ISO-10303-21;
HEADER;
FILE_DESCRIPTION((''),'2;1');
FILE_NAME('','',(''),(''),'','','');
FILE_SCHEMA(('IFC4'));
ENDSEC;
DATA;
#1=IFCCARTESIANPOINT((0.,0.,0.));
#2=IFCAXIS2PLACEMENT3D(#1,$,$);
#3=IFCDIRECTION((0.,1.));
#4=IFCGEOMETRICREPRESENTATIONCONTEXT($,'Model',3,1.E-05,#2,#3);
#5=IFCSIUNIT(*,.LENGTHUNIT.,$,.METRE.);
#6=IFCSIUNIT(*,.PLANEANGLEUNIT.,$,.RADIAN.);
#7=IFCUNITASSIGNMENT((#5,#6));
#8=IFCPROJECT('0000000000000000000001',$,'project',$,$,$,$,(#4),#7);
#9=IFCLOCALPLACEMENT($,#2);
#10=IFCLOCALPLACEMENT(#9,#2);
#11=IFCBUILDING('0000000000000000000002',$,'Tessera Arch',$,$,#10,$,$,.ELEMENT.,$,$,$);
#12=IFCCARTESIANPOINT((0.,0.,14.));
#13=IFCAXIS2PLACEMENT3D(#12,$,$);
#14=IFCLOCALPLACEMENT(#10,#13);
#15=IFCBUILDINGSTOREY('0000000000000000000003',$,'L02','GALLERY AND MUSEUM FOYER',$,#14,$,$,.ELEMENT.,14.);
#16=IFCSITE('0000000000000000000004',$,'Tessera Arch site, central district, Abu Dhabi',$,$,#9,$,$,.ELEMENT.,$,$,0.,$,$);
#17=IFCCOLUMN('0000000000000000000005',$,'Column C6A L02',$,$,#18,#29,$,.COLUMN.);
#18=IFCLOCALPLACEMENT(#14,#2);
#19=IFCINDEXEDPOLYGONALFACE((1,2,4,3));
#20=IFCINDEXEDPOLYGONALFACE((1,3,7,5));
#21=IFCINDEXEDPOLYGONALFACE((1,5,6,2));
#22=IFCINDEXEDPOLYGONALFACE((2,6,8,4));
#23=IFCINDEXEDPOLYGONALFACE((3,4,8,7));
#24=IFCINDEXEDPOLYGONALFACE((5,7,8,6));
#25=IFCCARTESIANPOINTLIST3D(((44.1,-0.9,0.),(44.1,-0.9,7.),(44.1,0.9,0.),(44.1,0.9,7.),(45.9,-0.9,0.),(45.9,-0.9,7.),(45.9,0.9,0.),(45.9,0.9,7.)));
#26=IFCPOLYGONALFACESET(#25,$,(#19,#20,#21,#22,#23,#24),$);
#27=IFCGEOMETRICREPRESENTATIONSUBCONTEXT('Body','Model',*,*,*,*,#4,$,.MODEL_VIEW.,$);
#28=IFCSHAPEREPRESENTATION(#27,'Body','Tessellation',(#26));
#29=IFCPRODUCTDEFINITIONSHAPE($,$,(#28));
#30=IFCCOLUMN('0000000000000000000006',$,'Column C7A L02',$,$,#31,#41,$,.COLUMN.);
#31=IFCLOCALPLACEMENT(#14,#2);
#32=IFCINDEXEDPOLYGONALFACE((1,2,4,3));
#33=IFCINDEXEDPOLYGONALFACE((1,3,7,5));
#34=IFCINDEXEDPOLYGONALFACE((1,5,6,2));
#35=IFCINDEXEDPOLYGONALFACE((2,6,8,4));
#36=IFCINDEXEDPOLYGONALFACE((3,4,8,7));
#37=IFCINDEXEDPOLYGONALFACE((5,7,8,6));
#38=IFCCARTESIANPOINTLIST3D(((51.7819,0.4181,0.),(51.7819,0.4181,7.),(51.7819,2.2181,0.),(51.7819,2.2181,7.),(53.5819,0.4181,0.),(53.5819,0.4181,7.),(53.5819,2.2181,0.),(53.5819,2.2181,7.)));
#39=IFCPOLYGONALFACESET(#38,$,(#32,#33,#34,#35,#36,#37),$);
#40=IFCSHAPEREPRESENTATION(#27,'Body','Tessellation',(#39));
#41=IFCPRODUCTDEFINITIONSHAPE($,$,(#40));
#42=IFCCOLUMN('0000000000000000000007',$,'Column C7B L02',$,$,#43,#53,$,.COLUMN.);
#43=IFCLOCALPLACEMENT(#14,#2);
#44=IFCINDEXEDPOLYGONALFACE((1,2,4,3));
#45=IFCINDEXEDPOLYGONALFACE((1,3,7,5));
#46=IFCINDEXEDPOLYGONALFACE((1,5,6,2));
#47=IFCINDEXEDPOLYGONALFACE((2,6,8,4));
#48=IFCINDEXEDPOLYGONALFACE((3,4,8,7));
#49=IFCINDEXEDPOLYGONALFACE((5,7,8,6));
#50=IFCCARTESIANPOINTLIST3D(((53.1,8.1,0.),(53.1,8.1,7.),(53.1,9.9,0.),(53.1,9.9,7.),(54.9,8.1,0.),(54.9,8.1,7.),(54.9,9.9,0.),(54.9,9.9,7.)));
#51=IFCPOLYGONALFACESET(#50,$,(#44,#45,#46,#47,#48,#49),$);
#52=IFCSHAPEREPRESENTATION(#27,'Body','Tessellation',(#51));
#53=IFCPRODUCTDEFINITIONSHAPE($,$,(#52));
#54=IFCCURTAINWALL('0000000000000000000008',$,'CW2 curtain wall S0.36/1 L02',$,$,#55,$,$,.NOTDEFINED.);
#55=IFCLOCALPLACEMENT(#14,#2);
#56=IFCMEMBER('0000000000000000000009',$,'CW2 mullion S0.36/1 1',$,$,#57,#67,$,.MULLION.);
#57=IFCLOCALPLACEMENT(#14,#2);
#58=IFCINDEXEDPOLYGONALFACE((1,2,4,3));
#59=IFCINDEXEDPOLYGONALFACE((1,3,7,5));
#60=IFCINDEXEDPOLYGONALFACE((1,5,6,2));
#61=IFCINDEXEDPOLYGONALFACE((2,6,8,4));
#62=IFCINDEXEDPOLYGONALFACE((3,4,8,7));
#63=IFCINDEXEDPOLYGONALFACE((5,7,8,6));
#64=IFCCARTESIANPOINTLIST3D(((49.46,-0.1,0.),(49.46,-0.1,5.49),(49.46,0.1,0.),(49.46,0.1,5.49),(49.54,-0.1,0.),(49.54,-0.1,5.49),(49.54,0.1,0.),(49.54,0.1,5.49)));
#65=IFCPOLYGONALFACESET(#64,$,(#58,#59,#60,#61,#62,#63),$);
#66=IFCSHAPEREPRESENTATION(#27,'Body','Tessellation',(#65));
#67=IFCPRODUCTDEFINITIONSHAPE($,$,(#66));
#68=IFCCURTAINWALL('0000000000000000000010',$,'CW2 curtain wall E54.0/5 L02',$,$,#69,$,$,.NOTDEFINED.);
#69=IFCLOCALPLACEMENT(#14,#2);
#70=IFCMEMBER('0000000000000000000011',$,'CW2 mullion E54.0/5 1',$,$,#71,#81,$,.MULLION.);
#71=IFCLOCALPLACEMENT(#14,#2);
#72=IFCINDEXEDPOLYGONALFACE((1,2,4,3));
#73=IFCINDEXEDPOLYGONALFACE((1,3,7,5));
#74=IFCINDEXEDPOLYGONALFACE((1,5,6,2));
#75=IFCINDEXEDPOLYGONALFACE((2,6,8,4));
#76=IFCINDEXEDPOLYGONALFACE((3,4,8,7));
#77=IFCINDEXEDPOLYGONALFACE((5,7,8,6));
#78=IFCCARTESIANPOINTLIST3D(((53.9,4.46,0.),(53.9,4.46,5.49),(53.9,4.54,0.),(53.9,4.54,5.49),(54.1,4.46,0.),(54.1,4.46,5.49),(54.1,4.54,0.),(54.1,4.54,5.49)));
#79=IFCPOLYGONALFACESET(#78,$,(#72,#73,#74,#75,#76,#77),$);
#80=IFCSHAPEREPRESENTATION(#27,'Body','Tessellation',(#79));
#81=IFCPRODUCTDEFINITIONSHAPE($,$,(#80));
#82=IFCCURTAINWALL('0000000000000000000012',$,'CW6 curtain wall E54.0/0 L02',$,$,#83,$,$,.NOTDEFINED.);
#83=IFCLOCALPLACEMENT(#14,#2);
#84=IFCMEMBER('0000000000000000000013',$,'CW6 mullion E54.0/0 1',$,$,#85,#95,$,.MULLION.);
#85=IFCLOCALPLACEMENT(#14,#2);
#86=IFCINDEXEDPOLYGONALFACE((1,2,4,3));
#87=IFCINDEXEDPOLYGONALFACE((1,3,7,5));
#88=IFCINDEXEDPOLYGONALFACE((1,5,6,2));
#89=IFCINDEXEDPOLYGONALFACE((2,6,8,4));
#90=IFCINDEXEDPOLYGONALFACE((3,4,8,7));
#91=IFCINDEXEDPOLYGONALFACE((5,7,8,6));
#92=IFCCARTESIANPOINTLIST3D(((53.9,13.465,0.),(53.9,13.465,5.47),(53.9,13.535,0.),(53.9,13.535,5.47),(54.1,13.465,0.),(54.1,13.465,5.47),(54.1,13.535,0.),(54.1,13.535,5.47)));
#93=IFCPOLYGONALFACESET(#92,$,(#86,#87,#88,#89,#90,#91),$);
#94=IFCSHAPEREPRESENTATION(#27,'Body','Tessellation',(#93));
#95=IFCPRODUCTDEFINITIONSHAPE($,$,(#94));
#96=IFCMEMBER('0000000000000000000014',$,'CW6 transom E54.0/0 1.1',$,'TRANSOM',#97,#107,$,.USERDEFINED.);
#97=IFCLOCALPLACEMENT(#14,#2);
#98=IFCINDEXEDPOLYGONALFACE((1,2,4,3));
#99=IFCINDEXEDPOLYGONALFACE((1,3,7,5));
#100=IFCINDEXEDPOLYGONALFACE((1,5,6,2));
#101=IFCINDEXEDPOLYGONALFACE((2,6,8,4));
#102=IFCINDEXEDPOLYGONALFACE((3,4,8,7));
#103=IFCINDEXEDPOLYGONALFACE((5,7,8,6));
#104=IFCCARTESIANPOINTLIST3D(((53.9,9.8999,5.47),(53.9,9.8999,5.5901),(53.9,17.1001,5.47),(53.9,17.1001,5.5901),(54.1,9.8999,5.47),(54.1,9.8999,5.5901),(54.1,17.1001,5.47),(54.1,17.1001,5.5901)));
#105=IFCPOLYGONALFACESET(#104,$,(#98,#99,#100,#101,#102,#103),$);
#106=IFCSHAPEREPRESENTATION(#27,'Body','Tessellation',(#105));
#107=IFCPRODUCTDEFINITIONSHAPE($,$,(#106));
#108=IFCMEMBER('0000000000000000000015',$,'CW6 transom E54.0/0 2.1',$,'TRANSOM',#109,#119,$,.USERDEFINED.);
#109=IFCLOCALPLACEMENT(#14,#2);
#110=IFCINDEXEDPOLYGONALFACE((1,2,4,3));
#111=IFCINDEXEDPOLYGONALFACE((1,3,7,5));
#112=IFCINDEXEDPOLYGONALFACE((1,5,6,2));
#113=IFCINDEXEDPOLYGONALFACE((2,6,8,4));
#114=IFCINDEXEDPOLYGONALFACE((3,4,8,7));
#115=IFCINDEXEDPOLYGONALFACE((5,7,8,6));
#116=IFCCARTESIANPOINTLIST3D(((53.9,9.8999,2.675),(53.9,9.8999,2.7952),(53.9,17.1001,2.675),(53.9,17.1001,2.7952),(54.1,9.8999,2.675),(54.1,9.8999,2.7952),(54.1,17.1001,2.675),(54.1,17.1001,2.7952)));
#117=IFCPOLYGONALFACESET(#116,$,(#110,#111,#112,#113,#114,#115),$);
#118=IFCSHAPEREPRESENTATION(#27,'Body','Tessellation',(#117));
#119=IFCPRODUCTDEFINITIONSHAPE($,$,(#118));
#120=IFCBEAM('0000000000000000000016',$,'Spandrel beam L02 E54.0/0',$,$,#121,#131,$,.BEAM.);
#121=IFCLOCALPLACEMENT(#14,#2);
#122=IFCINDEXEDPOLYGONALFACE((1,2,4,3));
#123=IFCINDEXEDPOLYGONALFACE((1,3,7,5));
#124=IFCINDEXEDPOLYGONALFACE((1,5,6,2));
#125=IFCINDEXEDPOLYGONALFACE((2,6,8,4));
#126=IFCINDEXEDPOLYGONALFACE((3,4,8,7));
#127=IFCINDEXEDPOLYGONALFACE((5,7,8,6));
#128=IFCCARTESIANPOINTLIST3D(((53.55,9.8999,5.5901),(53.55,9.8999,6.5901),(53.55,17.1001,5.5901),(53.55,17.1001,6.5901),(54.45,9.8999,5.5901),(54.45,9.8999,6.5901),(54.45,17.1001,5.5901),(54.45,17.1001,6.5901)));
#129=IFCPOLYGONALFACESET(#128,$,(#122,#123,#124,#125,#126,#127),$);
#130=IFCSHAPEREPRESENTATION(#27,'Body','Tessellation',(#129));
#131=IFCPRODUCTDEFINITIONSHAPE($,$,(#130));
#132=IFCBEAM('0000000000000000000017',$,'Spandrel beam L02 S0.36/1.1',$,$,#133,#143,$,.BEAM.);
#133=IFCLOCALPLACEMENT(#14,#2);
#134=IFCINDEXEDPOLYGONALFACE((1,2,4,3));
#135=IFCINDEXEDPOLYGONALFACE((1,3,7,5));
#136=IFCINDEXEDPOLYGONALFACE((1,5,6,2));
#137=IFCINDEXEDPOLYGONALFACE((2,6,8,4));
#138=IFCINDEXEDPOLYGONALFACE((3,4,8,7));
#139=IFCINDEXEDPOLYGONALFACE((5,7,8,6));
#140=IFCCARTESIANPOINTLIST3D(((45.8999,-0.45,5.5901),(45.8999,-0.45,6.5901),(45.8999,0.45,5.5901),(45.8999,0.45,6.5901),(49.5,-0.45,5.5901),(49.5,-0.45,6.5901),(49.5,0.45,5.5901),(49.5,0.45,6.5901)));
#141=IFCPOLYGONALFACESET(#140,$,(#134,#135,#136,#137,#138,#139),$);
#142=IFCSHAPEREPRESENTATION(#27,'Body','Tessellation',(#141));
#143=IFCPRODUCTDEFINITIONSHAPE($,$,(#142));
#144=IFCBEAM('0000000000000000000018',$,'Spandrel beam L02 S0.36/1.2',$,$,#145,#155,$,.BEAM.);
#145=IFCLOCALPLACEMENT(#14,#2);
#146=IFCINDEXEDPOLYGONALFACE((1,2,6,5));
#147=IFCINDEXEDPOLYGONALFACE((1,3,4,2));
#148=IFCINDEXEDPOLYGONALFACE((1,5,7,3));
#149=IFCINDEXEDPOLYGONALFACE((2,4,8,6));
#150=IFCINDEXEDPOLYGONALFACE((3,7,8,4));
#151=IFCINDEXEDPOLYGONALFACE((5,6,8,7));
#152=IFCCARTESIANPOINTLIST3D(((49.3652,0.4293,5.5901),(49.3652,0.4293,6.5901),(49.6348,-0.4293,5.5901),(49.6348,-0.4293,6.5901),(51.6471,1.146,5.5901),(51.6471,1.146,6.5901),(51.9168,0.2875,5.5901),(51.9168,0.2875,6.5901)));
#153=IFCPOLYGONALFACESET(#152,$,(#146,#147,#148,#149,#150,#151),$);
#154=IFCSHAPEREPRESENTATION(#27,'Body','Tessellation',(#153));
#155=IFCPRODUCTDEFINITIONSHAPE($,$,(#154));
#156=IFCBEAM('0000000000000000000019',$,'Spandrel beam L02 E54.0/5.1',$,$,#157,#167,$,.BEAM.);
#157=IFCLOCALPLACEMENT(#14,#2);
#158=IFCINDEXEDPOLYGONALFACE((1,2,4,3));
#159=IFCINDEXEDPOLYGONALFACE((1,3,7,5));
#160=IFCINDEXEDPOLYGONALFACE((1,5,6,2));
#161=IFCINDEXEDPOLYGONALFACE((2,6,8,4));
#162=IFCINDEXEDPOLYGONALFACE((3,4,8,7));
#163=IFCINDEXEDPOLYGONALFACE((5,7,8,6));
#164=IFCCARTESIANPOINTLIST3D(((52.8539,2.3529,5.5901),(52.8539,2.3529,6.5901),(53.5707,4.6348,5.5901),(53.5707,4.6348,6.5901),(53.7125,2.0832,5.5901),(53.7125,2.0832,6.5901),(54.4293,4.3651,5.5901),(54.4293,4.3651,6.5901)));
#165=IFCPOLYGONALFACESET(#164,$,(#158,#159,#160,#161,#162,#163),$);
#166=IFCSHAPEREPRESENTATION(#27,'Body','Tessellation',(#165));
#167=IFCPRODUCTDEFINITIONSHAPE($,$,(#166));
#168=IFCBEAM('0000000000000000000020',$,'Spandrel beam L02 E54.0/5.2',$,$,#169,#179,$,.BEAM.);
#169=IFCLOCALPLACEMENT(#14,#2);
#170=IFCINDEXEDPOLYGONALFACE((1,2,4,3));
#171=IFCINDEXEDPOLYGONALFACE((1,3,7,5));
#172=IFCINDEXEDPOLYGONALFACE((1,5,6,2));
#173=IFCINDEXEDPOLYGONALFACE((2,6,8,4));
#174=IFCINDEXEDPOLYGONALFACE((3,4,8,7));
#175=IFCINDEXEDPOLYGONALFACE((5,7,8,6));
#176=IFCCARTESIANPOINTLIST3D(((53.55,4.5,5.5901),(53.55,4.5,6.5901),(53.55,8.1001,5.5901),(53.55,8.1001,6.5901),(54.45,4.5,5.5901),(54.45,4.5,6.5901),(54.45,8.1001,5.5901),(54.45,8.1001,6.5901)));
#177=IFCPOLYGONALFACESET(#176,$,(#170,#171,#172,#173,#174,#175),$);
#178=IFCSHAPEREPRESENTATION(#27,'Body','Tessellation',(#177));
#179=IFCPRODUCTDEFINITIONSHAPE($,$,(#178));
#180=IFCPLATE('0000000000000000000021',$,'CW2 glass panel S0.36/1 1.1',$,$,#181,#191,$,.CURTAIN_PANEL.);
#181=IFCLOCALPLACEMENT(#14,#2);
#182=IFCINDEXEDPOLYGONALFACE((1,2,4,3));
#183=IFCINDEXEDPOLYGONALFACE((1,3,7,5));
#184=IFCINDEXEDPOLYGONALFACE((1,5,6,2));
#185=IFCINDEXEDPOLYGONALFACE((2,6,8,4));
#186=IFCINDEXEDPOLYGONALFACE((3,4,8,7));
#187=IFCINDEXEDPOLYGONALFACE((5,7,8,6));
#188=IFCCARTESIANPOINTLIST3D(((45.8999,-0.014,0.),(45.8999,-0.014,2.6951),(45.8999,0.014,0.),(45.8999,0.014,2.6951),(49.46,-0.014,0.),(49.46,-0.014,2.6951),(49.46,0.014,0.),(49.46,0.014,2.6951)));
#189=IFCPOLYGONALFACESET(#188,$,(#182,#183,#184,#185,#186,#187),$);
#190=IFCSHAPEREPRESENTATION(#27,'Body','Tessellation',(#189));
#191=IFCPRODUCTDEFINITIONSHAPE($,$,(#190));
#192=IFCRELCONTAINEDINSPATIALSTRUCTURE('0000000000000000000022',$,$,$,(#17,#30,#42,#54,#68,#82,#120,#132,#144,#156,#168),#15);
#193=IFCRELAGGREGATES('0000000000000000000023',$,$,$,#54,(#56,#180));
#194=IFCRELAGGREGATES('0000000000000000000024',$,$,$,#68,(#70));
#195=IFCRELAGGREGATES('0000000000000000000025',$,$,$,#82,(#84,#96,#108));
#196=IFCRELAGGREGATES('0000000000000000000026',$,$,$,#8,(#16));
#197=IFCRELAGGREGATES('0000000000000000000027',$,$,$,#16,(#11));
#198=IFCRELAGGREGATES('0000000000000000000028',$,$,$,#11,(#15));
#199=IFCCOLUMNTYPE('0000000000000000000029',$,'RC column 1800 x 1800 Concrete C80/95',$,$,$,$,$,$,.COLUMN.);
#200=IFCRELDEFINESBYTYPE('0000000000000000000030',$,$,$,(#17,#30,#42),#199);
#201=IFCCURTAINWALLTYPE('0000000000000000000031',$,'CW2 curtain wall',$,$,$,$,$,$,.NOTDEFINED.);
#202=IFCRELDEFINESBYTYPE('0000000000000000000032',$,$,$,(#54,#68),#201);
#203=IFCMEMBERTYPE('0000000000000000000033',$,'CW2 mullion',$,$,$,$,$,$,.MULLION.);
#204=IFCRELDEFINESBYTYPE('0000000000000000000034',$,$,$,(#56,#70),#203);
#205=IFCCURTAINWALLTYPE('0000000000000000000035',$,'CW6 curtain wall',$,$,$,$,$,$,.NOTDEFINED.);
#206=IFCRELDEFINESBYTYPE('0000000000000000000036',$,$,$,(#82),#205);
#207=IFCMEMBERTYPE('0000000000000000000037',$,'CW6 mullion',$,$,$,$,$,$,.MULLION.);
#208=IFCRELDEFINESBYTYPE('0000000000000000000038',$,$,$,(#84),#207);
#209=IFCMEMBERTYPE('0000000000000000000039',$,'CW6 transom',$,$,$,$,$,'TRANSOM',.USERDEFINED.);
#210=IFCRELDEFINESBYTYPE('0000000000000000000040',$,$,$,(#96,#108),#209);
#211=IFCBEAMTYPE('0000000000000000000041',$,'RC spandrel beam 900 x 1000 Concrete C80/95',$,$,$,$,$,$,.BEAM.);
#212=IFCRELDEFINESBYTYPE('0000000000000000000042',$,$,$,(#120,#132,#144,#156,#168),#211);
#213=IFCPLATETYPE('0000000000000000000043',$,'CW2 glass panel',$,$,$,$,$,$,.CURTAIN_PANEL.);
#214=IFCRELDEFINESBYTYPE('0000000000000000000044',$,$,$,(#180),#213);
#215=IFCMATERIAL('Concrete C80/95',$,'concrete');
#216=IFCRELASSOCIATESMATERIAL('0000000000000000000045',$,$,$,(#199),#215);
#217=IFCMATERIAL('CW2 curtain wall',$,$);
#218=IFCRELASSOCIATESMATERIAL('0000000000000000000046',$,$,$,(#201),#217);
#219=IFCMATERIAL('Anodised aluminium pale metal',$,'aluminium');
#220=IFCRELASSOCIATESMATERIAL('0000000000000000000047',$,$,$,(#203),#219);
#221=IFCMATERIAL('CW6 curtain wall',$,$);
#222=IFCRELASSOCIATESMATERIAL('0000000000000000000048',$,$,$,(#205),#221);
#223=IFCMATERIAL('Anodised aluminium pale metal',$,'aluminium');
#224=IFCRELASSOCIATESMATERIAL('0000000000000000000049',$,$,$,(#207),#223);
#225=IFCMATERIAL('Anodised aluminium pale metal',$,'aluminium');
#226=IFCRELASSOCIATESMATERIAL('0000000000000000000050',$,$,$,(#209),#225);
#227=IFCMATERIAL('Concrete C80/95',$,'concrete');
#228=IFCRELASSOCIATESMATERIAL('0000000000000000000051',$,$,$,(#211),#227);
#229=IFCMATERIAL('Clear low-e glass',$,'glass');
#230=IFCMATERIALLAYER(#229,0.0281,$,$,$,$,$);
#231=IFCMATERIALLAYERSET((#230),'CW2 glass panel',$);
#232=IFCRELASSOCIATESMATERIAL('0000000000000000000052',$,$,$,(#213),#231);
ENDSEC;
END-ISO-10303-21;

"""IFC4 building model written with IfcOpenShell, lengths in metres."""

from ifc_helpers import new_model, si_unit, direction, frame, origin, origin_2d, place, context, subcontext, project, spatial, rectangle, extrude, material, layer, layer_set, material_profile, profile_set, type_object, element, aggregate, save


model = new_model("IFC4")

# Units and contexts
model_context = context("Model", 3, precision=1e-05, world=origin(), true_north=direction((0.0, 1.0)))
body_context = subcontext(model_context, "Body", "Model", "MODEL_VIEW")
ifc_project = project(units=[si_unit("LENGTHUNIT", "METRE"), si_unit("PLANEANGLEUNIT", "RADIAN")], contexts=[model_context])

# Site, building, storey
site_placement = place(None, origin())
site = spatial("IfcSite", under=ifc_project, at=site_placement, Name="Tessera Arch site, central district, Abu Dhabi", CompositionType="ELEMENT", RefElevation=0.0)
building_placement = place(site_placement, origin())
building = spatial("IfcBuilding", under=site, at=building_placement, Name="Tessera Arch", CompositionType="ELEMENT")
storey_placement = place(building_placement, frame((0.0, 0.0, 14.0)))
storey = spatial("IfcBuildingStorey", under=building, at=storey_placement, Name="L02", Description="GALLERY AND MUSEUM FOYER", CompositionType="ELEMENT", Elevation=14.0)

# Columns
ifc_material_1 = material(Name="Concrete C80/95", Category="concrete")
ifc_material_profile_1 = material_profile(ifc_material_1, rectangle(XDim=1.8, YDim=1.8, at=origin_2d()), Name="RC column 1800 x 1800 Concrete C80/95")
ifc_profile_set_1 = profile_set([ifc_material_profile_1], Name="Concrete C80/95")
column_type = type_object("IfcColumnType", Name="RC column 1800 x 1800 Concrete C80/95", PredefinedType="COLUMN", material=ifc_profile_set_1)
for number, where, z_axis, x_axis, name in (
    (1, (45.0, 0.0, 0.0), (0.0, 0.0, 1.0), (1.0, 0.0, 0.0), "Column C6A L02"),
    (2, (52.6819, 1.3181, 0.0), (0.0, 0.0, 1.0), (1.0, 0.0, 0.0), "Column C7A L02"),
    (3, (54.0, 9.0, 0.0), (0.0, 0.0, 1.0), (1.0, 0.0, 0.0), "Column C7B L02"),
):
    element("IfcColumn", number, at=place(storey_placement, frame(where, z_axis=z_axis, x_axis=x_axis)), inside=storey, type_object=column_type, Name=name, PredefinedType="COLUMN", context=body_context, shape_type="SweptSolid", body=[
        extrude(rectangle(XDim=1.8, YDim=1.8, at=origin_2d()), origin(), (0.0, 0.0, 1.0), 7.0),
    ])

# Curtain walls, members
ifc_material_2 = material(Name="CW2 curtain wall")
curtain_wall_type_1 = type_object("IfcCurtainWallType", Name="CW2 curtain wall", PredefinedType="NOTDEFINED", material=ifc_material_2)
curtain_wall_1_placement = place(storey_placement, origin())
curtain_wall_1 = element("IfcCurtainWall", 4, at=curtain_wall_1_placement, inside=storey, type_object=curtain_wall_type_1, Name="CW2 curtain wall S0.36/1 L02", PredefinedType="NOTDEFINED")
ifc_material_3 = material(Name="Anodised aluminium pale metal", Category="aluminium")
ifc_material_profile_2 = material_profile(ifc_material_3, rectangle(XDim=0.2, YDim=0.0801, at=origin_2d()), Name="AL 80x200")
ifc_profile_set_2 = profile_set([ifc_material_profile_2], Name="Anodised aluminium pale metal")
member_type_1 = type_object("IfcMemberType", Name="CW2 mullion", PredefinedType="MULLION", material=ifc_profile_set_2)
member_1_placement = place(storey_placement, frame((49.5, 0.0, 0.0), z_axis=(0.0, 0.0, 1.0), x_axis=(0.0, 1.0, 0.0)))
member_1 = element("IfcMember", 5, at=member_1_placement, type_object=member_type_1, Name="CW2 mullion S0.36/1 1", PredefinedType="MULLION", context=body_context, shape_type="SweptSolid", body=[
    extrude(rectangle(XDim=0.2, YDim=0.0801, at=origin_2d()), origin(), (0.0, 0.0, 1.0), 5.49),
])
curtain_wall_2_placement = place(storey_placement, origin())
curtain_wall_2 = element("IfcCurtainWall", 6, at=curtain_wall_2_placement, inside=storey, type_object=curtain_wall_type_1, Name="CW2 curtain wall E54.0/5 L02", PredefinedType="NOTDEFINED")
member_2_placement = place(storey_placement, frame((54.0, 4.5, 0.0), z_axis=(0.0, 0.0, 1.0), x_axis=(-1.0, 0.0, 0.0)))
member_2 = element("IfcMember", 7, at=member_2_placement, type_object=member_type_1, Name="CW2 mullion E54.0/5 1", PredefinedType="MULLION", context=body_context, shape_type="SweptSolid", body=[
    extrude(rectangle(XDim=0.2, YDim=0.0801, at=origin_2d()), origin(), (0.0, 0.0, 1.0), 5.49),
])

# Curtain wall, members
ifc_material_4 = material(Name="CW6 curtain wall")
curtain_wall_type_2 = type_object("IfcCurtainWallType", Name="CW6 curtain wall", PredefinedType="NOTDEFINED", material=ifc_material_4)
curtain_wall_3_placement = place(storey_placement, origin())
curtain_wall_3 = element("IfcCurtainWall", 8, at=curtain_wall_3_placement, inside=storey, type_object=curtain_wall_type_2, Name="CW6 curtain wall E54.0/0 L02", PredefinedType="NOTDEFINED")
ifc_material_5 = material(Name="Anodised aluminium pale metal", Category="aluminium")
ifc_material_profile_3 = material_profile(ifc_material_5, rectangle(XDim=0.2, YDim=0.0701, at=origin_2d()), Name="AL 70x200")
ifc_profile_set_3 = profile_set([ifc_material_profile_3], Name="Anodised aluminium pale metal")
member_type_2 = type_object("IfcMemberType", Name="CW6 mullion", PredefinedType="MULLION", material=ifc_profile_set_3)
member_3_placement = place(storey_placement, frame((54.0, 13.5, 0.0), z_axis=(0.0, 0.0, 1.0), x_axis=(-1.0, 0.0, 0.0)))
member_3 = element("IfcMember", 9, at=member_3_placement, type_object=member_type_2, Name="CW6 mullion E54.0/0 1", PredefinedType="MULLION", context=body_context, shape_type="SweptSolid", body=[
    extrude(rectangle(XDim=0.2, YDim=0.0701, at=origin_2d()), origin(), (0.0, 0.0, 1.0), 5.47),
])
ifc_material_6 = material(Name="Anodised aluminium pale metal", Category="aluminium")
ifc_material_profile_4 = material_profile(ifc_material_6, rectangle(XDim=0.2, YDim=0.1201, at=origin_2d()), Name="AL 200x120")
ifc_profile_set_4 = profile_set([ifc_material_profile_4], Name="Anodised aluminium pale metal")
member_type_3 = type_object("IfcMemberType", Name="CW6 transom", ElementType="TRANSOM", PredefinedType="USERDEFINED", material=ifc_profile_set_4)
member_4_placement = place(storey_placement, frame((54.0, 9.8999, 5.53), z_axis=(0.0, 1.0, 0.0), x_axis=(-1.0, 0.0, 0.0)))
member_4 = element("IfcMember", 10, at=member_4_placement, type_object=member_type_3, Name="CW6 transom E54.0/0 1.1", ObjectType="TRANSOM", PredefinedType="USERDEFINED", context=body_context, shape_type="SweptSolid", body=[
    extrude(rectangle(XDim=0.2, YDim=0.1201, at=origin_2d()), origin(), (0.0, 0.0, 1.0), 7.2002),
])
member_5_placement = place(storey_placement, frame((54.0, 9.8999, 2.7351), z_axis=(0.0, 1.0, 0.0), x_axis=(-1.0, 0.0, 0.0)))
member_5 = element("IfcMember", 11, at=member_5_placement, type_object=member_type_3, Name="CW6 transom E54.0/0 2.1", ObjectType="TRANSOM", PredefinedType="USERDEFINED", context=body_context, shape_type="SweptSolid", body=[
    extrude(rectangle(XDim=0.2, YDim=0.1201, at=origin_2d()), origin(), (0.0, 0.0, 1.0), 7.2002),
])

# Beams
ifc_material_7 = material(Name="Concrete C80/95", Category="concrete")
ifc_material_profile_5 = material_profile(ifc_material_7, rectangle(XDim=0.8999, YDim=1.0, at=origin_2d()), Name="RC spandrel beam 900 x 1000 Concrete C80/95")
ifc_profile_set_5 = profile_set([ifc_material_profile_5], Name="Concrete C80/95")
beam_type = type_object("IfcBeamType", Name="RC spandrel beam 900 x 1000 Concrete C80/95", PredefinedType="BEAM", material=ifc_profile_set_5)
beam_1_placement = place(storey_placement, frame((54.0, 9.8999, 6.0901), z_axis=(0.0, 1.0, 0.0), x_axis=(-1.0, 0.0, 0.0)))
element("IfcBeam", 12, at=beam_1_placement, inside=storey, type_object=beam_type, Name="Spandrel beam L02 E54.0/0", PredefinedType="BEAM", context=body_context, shape_type="SweptSolid", body=[
    extrude(rectangle(XDim=0.8999, YDim=1.0, at=origin_2d()), origin(), (0.0, 0.0, 1.0), 7.2002),
])
beam_2_placement = place(storey_placement, frame((45.8999, 0.0, 6.0901), z_axis=(1.0, 0.0, 0.0), x_axis=(0.0, 1.0, 0.0)))
element("IfcBeam", 13, at=beam_2_placement, inside=storey, type_object=beam_type, Name="Spandrel beam L02 S0.36/1.1", PredefinedType="BEAM", context=body_context, shape_type="SweptSolid", body=[
    extrude(rectangle(XDim=0.8999, YDim=1.0, at=origin_2d()), origin(), (0.0, 0.0, 1.0), 3.6001),
])
for number, where, z_axis, x_axis, name in (
    (14, (49.5, 0.0, 6.0901), (0.954041, 0.299675, 0.0), (-0.299675, 0.954041, 0.0), "Spandrel beam L02 S0.36/1.2"),
    (15, (53.2832, 2.218, 6.0901), (0.299675, 0.954041, 0.0), (-0.954041, 0.299675, 0.0), "Spandrel beam L02 E54.0/5.1"),
):
    element("IfcBeam", number, at=place(storey_placement, frame(where, z_axis=z_axis, x_axis=x_axis)), inside=storey, type_object=beam_type, Name=name, PredefinedType="BEAM", context=body_context, shape_type="SweptSolid", body=[
        extrude(rectangle(XDim=0.8999, YDim=1.0, at=origin_2d()), origin(), (0.0, 0.0, 1.0), 2.3918),
    ])
beam_3_placement = place(storey_placement, frame((54.0, 4.5, 6.0901), z_axis=(0.0, 1.0, 0.0), x_axis=(-1.0, 0.0, 0.0)))
element("IfcBeam", 16, at=beam_3_placement, inside=storey, type_object=beam_type, Name="Spandrel beam L02 E54.0/5.2", PredefinedType="BEAM", context=body_context, shape_type="SweptSolid", body=[
    extrude(rectangle(XDim=0.8999, YDim=1.0, at=origin_2d()), origin(), (0.0, 0.0, 1.0), 3.6001),
])

# Plate
ifc_material_8 = material(Name="Clear low-e glass", Category="glass")
ifc_layer_1 = layer(ifc_material_8, 0.0281)
ifc_layer_set_1 = layer_set([ifc_layer_1], Name="CW2 glass panel")
plate_type_1 = type_object("IfcPlateType", Name="CW2 glass panel", PredefinedType="CURTAIN_PANEL", material=ifc_layer_set_1)
plate_1_placement = place(storey_placement, frame((47.6799, 0.0, 0.0), z_axis=(0.0, 0.0, 1.0), x_axis=(1.0, 0.0, 0.0)))
plate_1 = element("IfcPlate", 17, at=plate_1_placement, type_object=plate_type_1, Name="CW2 glass panel S0.36/1 1.1", PredefinedType="CURTAIN_PANEL", context=body_context, shape_type="SweptSolid", body=[
    extrude(rectangle(XDim=3.5601, YDim=0.0281, at=origin_2d()), origin(), (0.0, 0.0, 1.0), 2.6951),
])
aggregate(curtain_wall_1, [member_1, plate_1])
aggregate(curtain_wall_2, [member_2])
aggregate(curtain_wall_3, [member_3, member_4, member_5])

save(model, "model.ifc")
